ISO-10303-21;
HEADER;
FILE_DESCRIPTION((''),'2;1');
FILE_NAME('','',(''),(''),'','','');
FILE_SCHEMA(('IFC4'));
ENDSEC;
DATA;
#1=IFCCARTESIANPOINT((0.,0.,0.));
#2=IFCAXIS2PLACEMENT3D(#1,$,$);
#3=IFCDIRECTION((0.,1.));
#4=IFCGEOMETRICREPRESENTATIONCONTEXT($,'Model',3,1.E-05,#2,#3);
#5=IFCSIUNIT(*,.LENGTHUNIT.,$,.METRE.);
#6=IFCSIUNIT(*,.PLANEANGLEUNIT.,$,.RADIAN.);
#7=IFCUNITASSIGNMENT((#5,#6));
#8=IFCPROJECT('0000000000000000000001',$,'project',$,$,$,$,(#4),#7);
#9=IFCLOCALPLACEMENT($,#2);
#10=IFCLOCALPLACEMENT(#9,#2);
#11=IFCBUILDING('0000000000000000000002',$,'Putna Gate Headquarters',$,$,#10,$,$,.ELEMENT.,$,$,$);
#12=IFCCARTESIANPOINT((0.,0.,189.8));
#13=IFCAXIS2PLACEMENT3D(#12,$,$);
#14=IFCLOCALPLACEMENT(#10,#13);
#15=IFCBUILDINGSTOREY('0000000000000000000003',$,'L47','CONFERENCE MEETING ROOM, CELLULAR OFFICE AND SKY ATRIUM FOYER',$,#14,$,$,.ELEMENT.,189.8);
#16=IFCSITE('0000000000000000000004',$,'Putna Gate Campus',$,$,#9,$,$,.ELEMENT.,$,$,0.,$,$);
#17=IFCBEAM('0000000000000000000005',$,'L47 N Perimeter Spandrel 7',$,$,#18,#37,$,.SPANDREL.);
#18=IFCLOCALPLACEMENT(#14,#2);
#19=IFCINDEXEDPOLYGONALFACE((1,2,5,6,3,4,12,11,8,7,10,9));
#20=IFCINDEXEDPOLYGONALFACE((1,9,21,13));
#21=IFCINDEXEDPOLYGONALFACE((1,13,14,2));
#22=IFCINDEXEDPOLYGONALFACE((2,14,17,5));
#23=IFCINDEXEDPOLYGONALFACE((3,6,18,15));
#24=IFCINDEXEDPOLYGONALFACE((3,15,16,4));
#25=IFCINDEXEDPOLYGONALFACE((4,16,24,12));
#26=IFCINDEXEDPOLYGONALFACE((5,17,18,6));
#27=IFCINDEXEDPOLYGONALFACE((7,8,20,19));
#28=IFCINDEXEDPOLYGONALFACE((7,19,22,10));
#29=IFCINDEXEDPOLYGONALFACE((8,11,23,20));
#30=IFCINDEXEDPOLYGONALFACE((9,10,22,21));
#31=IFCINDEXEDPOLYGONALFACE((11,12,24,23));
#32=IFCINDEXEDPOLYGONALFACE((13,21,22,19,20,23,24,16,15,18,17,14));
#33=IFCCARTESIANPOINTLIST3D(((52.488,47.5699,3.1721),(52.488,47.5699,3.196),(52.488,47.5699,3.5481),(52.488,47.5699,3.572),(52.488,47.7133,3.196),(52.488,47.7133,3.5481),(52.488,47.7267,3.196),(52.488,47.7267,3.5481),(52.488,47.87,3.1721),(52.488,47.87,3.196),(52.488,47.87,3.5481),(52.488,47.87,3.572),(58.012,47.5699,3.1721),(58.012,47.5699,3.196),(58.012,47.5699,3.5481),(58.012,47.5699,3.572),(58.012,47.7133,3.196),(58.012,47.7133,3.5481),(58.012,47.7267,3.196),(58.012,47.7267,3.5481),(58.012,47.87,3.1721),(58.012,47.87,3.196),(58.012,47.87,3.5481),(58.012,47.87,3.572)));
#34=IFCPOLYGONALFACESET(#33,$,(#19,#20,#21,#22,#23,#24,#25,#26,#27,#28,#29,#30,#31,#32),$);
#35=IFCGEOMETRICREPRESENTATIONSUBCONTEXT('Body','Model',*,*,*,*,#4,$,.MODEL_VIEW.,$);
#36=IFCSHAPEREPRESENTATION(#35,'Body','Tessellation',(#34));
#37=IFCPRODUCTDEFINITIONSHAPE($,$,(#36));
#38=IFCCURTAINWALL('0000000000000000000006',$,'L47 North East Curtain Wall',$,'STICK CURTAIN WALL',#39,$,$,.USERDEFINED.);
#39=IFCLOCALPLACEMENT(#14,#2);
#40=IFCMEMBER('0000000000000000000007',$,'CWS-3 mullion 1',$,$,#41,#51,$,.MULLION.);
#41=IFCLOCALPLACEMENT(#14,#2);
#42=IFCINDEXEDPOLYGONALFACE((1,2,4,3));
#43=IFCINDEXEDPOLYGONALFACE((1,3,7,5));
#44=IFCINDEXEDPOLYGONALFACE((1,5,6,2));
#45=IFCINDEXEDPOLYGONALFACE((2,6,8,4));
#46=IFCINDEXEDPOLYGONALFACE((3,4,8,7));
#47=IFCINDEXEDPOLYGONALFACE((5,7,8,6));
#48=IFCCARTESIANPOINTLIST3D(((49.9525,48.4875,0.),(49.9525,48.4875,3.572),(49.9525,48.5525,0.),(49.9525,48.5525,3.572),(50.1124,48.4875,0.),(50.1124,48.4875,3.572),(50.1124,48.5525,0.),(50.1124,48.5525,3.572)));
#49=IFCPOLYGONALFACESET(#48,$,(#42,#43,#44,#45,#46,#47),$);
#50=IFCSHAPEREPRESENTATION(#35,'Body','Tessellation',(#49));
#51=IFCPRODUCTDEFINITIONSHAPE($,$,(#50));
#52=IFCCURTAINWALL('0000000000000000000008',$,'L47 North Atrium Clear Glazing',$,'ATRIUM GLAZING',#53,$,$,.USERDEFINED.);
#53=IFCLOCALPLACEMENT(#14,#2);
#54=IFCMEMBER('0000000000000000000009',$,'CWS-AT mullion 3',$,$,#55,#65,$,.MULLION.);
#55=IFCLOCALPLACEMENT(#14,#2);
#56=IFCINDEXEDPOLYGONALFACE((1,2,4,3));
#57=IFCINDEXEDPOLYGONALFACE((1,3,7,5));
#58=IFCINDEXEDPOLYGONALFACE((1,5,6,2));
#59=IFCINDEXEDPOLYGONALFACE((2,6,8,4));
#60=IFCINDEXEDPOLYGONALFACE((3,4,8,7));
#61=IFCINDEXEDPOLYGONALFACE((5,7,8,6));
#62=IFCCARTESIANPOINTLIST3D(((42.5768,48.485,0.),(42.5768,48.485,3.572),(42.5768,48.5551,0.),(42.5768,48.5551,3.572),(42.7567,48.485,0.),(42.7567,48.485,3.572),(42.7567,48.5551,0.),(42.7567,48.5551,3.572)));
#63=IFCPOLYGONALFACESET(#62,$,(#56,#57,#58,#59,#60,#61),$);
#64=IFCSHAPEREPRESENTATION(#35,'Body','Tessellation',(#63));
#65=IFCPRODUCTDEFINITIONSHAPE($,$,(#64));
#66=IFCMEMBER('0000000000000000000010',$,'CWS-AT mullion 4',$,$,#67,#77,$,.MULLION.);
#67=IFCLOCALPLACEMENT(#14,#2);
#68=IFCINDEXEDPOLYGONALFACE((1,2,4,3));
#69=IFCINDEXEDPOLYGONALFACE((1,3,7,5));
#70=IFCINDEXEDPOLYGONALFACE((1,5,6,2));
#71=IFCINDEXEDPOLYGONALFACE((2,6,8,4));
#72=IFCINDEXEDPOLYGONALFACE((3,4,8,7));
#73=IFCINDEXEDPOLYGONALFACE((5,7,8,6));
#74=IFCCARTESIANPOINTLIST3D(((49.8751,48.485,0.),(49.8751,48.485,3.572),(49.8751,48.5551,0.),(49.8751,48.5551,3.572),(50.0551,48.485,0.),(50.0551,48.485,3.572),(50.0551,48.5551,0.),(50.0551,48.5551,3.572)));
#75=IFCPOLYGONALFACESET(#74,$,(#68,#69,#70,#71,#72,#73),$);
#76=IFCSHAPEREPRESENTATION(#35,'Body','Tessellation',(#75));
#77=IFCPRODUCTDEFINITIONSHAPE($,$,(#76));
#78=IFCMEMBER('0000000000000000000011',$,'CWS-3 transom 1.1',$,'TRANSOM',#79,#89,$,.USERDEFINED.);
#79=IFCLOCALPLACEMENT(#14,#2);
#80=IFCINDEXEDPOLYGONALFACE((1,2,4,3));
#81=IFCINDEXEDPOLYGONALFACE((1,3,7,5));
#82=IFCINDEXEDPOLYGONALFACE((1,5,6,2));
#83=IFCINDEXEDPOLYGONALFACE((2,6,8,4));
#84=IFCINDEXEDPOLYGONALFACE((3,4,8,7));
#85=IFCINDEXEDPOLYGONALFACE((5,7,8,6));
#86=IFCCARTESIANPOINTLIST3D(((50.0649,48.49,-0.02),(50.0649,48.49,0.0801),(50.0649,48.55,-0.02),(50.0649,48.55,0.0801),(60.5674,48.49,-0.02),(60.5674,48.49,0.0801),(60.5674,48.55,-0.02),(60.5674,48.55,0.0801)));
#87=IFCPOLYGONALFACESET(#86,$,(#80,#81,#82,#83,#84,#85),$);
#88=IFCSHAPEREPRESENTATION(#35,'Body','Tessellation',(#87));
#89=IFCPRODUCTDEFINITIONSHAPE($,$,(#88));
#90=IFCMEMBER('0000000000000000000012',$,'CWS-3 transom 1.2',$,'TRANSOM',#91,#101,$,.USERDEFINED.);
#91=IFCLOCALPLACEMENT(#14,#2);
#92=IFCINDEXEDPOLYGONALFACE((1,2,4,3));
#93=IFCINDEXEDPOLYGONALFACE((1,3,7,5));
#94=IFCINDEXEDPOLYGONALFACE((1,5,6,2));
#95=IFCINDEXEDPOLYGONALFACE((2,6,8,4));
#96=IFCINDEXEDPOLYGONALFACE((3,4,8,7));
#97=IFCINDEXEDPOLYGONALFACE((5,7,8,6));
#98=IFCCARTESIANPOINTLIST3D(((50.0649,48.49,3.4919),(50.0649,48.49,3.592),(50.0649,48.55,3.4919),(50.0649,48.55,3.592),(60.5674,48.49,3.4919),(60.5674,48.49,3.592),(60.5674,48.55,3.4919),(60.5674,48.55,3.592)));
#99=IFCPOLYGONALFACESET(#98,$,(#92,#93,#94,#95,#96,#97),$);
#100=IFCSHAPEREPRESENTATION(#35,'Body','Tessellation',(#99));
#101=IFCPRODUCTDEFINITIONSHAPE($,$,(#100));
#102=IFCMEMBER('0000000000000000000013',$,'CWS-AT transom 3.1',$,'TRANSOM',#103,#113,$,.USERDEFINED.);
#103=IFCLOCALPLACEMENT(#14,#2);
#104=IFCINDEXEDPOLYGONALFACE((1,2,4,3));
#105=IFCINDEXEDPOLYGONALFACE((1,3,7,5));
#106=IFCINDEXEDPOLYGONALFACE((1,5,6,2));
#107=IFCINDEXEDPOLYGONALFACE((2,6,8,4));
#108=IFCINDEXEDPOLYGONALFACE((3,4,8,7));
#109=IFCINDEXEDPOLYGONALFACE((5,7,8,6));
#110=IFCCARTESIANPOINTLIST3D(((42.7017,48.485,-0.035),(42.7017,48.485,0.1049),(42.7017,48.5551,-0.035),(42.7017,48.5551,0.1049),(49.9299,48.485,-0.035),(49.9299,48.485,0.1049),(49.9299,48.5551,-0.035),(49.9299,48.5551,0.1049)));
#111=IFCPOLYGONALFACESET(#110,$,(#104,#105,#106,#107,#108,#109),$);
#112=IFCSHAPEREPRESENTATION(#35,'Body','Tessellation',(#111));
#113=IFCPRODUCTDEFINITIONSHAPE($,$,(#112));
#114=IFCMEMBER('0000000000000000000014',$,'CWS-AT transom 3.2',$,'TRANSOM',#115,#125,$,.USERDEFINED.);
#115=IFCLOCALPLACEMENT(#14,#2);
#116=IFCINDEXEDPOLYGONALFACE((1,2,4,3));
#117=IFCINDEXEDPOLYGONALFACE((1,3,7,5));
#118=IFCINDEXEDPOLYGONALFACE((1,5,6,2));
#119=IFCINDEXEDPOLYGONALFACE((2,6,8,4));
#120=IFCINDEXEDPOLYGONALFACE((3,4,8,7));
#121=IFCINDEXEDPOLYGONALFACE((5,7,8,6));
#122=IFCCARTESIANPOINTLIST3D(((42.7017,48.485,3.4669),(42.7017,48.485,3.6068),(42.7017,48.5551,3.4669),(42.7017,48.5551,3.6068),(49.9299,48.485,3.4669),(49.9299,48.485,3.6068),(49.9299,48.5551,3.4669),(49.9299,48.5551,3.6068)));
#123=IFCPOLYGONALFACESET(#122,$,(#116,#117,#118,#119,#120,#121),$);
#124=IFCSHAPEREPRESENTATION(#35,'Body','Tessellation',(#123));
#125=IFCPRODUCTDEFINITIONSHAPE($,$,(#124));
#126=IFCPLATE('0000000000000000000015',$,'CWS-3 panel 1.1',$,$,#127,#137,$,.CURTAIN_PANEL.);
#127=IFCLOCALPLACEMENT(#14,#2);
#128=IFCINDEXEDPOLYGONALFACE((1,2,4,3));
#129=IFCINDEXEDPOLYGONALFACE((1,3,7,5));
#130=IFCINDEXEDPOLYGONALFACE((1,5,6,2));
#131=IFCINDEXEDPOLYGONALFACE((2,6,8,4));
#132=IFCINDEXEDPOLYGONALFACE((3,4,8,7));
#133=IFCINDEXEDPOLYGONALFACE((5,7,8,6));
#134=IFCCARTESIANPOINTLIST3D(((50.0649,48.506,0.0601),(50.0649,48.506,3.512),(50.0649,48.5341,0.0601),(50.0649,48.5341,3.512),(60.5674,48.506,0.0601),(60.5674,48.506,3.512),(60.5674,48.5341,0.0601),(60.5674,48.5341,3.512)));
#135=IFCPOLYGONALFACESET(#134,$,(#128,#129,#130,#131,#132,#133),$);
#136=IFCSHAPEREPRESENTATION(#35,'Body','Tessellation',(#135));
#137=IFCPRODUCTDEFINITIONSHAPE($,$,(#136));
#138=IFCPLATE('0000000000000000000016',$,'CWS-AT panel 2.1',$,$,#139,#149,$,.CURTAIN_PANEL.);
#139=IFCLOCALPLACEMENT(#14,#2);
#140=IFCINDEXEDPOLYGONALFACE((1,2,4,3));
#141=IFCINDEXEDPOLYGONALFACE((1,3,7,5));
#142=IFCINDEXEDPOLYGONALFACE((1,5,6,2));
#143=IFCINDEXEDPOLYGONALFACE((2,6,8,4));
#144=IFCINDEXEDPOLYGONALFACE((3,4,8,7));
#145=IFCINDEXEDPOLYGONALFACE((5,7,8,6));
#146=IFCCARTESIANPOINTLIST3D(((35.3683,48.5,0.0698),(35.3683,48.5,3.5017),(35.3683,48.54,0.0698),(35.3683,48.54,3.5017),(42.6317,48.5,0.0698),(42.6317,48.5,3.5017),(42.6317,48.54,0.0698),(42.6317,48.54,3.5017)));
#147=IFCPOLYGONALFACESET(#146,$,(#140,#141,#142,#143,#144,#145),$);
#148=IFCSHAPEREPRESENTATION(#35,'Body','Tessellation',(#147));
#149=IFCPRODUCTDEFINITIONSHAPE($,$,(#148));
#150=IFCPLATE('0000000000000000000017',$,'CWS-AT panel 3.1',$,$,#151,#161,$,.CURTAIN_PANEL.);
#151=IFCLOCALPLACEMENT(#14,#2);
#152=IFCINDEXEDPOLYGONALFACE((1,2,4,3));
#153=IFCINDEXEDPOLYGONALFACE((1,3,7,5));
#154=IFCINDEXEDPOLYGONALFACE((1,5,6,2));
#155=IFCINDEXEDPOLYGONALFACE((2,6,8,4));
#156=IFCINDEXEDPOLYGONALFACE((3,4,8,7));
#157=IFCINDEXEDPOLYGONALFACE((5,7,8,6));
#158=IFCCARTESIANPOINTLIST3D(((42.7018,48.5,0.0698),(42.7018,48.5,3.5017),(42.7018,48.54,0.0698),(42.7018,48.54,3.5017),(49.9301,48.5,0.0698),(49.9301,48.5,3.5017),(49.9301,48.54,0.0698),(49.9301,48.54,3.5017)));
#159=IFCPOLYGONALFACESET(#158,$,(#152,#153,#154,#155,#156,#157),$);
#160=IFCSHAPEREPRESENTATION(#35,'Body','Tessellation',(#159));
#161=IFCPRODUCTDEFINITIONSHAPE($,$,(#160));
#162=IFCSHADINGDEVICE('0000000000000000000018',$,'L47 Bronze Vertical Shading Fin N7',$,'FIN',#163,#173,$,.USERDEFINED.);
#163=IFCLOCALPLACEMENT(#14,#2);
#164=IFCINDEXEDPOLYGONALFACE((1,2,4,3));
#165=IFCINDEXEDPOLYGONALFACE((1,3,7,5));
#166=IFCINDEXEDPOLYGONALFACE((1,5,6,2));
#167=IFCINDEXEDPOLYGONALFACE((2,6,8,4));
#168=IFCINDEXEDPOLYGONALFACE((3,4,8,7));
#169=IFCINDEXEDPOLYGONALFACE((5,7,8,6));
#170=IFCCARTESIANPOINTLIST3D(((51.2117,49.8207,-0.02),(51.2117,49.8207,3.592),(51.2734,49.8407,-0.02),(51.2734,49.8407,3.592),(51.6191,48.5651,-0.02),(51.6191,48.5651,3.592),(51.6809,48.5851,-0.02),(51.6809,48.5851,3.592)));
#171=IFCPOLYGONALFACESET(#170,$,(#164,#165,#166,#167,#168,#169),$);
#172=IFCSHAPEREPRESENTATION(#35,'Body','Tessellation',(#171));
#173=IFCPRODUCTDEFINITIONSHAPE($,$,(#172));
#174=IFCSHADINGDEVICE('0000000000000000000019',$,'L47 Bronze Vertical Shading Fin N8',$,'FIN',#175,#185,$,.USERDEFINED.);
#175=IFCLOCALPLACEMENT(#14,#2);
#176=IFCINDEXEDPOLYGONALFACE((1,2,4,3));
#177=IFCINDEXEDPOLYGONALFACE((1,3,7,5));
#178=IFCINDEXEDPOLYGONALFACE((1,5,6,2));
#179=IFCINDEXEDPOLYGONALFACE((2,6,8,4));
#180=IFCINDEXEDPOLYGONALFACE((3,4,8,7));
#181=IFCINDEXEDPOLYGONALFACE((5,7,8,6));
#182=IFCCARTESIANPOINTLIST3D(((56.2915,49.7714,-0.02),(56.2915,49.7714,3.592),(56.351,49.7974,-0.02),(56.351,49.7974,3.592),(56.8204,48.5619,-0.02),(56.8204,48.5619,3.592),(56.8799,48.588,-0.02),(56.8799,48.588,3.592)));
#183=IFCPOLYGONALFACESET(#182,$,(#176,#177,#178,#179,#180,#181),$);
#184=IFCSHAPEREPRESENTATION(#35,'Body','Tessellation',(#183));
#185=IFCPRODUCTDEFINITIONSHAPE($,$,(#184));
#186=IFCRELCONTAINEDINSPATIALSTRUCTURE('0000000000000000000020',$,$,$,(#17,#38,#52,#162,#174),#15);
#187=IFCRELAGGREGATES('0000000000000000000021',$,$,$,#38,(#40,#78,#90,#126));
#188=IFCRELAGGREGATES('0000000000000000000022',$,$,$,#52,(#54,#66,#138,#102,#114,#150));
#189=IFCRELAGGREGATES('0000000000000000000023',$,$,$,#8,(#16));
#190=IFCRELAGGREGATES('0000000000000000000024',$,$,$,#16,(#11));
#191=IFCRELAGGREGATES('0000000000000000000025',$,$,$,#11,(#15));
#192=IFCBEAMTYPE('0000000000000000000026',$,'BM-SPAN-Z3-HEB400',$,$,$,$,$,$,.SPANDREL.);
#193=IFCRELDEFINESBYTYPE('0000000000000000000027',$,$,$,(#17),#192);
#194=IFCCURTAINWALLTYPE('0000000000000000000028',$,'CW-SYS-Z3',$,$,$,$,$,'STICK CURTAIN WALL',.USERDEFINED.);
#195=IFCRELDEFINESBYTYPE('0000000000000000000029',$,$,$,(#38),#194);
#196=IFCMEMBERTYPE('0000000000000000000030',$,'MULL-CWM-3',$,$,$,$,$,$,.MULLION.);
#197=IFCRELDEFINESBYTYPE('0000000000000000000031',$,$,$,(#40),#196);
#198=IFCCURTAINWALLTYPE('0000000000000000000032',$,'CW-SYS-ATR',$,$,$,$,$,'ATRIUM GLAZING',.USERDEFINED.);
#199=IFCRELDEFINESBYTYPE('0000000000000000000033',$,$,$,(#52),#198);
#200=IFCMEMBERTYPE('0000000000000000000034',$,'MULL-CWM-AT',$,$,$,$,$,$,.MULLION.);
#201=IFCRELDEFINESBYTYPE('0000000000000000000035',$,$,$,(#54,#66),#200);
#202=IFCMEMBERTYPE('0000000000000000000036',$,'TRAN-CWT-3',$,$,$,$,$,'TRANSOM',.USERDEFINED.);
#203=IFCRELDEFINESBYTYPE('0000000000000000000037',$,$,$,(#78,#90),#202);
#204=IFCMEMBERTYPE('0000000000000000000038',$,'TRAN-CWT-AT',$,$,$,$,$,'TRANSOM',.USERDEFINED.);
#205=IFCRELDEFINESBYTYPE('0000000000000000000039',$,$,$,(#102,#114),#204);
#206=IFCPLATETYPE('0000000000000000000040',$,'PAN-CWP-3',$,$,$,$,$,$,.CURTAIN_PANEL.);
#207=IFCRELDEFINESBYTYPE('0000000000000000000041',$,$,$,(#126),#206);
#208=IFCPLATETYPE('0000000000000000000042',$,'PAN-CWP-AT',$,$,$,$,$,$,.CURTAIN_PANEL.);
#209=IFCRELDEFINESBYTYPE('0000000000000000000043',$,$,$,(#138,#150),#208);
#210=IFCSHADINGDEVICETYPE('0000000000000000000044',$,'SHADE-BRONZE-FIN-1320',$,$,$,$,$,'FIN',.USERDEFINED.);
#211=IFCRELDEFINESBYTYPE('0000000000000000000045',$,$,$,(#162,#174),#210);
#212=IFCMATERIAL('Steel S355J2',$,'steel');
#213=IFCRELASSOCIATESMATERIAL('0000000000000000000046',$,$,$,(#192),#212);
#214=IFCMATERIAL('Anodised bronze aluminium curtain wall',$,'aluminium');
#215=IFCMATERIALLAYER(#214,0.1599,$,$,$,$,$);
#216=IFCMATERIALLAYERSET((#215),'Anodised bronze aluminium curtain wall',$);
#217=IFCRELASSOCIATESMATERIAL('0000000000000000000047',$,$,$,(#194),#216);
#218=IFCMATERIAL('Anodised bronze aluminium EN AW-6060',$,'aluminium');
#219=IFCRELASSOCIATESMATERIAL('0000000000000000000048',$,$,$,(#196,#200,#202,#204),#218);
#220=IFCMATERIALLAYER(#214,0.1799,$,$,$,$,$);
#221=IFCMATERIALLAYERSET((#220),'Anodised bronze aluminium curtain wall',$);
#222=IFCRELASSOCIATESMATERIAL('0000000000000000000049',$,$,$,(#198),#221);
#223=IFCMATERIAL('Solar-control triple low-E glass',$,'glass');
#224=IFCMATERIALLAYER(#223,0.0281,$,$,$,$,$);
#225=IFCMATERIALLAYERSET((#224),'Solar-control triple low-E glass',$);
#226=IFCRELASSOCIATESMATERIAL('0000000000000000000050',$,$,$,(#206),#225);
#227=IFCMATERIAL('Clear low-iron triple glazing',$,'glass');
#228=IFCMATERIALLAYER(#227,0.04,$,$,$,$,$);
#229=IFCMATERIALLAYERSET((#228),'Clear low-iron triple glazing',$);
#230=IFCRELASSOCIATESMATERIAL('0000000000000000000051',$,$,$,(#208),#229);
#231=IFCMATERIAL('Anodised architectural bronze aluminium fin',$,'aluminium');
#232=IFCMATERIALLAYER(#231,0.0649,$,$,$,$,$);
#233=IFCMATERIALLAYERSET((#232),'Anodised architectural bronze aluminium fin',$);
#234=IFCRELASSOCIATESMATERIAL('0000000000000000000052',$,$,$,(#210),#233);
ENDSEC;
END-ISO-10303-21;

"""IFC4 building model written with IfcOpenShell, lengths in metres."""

from ifc_helpers import new_model, si_unit, direction, frame, origin, origin_2d, place, context, subcontext, project, spatial, rectangle, i_section, extrude, material, layer, layer_set, material_profile, profile_set, type_object, element, aggregate, save


model = new_model("IFC4")

# Units and contexts
model_context = context("Model", 3, precision=1e-05, world=origin(), true_north=direction((0.0, 1.0)))
body_context = subcontext(model_context, "Body", "Model", "MODEL_VIEW")
ifc_project = project(units=[si_unit("LENGTHUNIT", "METRE"), si_unit("PLANEANGLEUNIT", "RADIAN")], contexts=[model_context])

# Site, building, storey
site_placement = place(None, origin())
site = spatial("IfcSite", under=ifc_project, at=site_placement, Name="Putna Gate Campus", CompositionType="ELEMENT", RefElevation=0.0)
building_placement = place(site_placement, origin())
building = spatial("IfcBuilding", under=site, at=building_placement, Name="Putna Gate Headquarters", CompositionType="ELEMENT")
storey_placement = place(building_placement, frame((0.0, 0.0, 189.8)))
storey = spatial("IfcBuildingStorey", under=building, at=storey_placement, Name="L47", Description="CONFERENCE MEETING ROOM, CELLULAR OFFICE AND SKY ATRIUM FOYER", CompositionType="ELEMENT", Elevation=189.8)

# Beam
ifc_material_1 = material(Name="Steel S355J2", Category="steel")
ifc_material_profile_1 = material_profile(ifc_material_1, i_section(OverallWidth=0.3, OverallDepth=0.3999, WebThickness=0.0134, FlangeThickness=0.0239, at=origin_2d()), Name="Steel S355J2")
ifc_profile_set_1 = profile_set([ifc_material_profile_1], Name="Steel S355J2")
beam_type_1 = type_object("IfcBeamType", Name="BM-SPAN-Z3-HEB400", PredefinedType="SPANDREL", material=ifc_profile_set_1)
for number, where, z_axis, x_axis, name in (
    (1, (52.488, 47.72, 3.3721), (1.0, 0.0, 0.0), (0.0, 1.0, 0.0), "L47 N Perimeter Spandrel 7"),
):
    element("IfcBeam", number, at=place(storey_placement, frame(where, z_axis=z_axis, x_axis=x_axis)), inside=storey, type_object=beam_type_1, Name=name, PredefinedType="SPANDREL", context=body_context, shape_type="SweptSolid", body=[
        extrude(i_section(OverallWidth=0.3, OverallDepth=0.3999, WebThickness=0.0134, FlangeThickness=0.0239, at=origin_2d()), origin(), (0.0, 0.0, 1.0), 5.5239),
    ])

# Curtain wall, member
ifc_material_2 = material(Name="Anodised bronze aluminium curtain wall", Category="aluminium")
ifc_layer_1 = layer(ifc_material_2, 0.1599)
ifc_layer_set_1 = layer_set([ifc_layer_1], Name="Anodised bronze aluminium curtain wall")
curtain_wall_type_1 = type_object("IfcCurtainWallType", Name="CW-SYS-Z3", ElementType="STICK CURTAIN WALL", PredefinedType="USERDEFINED", material=ifc_layer_set_1)
curtain_wall_1_placement = place(storey_placement, origin())
curtain_wall_1 = element("IfcCurtainWall", 2, at=curtain_wall_1_placement, inside=storey, type_object=curtain_wall_type_1, Name="L47 North East Curtain Wall", ObjectType="STICK CURTAIN WALL", PredefinedType="USERDEFINED")
ifc_material_3 = material(Name="Anodised bronze aluminium EN AW-6060", Category="aluminium")
ifc_material_profile_2 = material_profile(ifc_material_3, rectangle(XDim=0.0649, YDim=0.1599, at=origin_2d()), Name="Anodised bronze aluminium EN AW-6060")
ifc_profile_set_2 = profile_set([ifc_material_profile_2], Name="Anodised bronze aluminium EN AW-6060")
member_type_1 = type_object("IfcMemberType", Name="MULL-CWM-3", PredefinedType="MULLION", material=ifc_profile_set_2)
member_1_placement = place(storey_placement, frame((50.0325, 48.52, 0.0), z_axis=(0.0, 0.0, 1.0), x_axis=(0.0, 1.0, 0.0)))
member_1 = element("IfcMember", 3, at=member_1_placement, type_object=member_type_1, Name="CWS-3 mullion 1", PredefinedType="MULLION", context=body_context, shape_type="SweptSolid", body=[
    extrude(rectangle(XDim=0.0649, YDim=0.1599, at=origin_2d()), origin(), (0.0, 0.0, 1.0), 3.572),
])

# Curtain wall, members
ifc_layer_2 = layer(ifc_material_2, 0.1799)
ifc_layer_set_2 = layer_set([ifc_layer_2], Name="Anodised bronze aluminium curtain wall")
curtain_wall_type_2 = type_object("IfcCurtainWallType", Name="CW-SYS-ATR", ElementType="ATRIUM GLAZING", PredefinedType="USERDEFINED", material=ifc_layer_set_2)
curtain_wall_2_placement = place(storey_placement, origin())
curtain_wall_2 = element("IfcCurtainWall", 4, at=curtain_wall_2_placement, inside=storey, type_object=curtain_wall_type_2, Name="L47 North Atrium Clear Glazing", ObjectType="ATRIUM GLAZING", PredefinedType="USERDEFINED")
ifc_material_profile_3 = material_profile(ifc_material_3, rectangle(XDim=0.0701, YDim=0.1799, at=origin_2d()), Name="Anodised bronze aluminium EN AW-6060")
ifc_profile_set_3 = profile_set([ifc_material_profile_3], Name="Anodised bronze aluminium EN AW-6060")
member_type_2 = type_object("IfcMemberType", Name="MULL-CWM-AT", PredefinedType="MULLION", material=ifc_profile_set_3)
member_2_placement = place(storey_placement, frame((42.6667, 48.52, 0.0), z_axis=(0.0, 0.0, 1.0), x_axis=(0.0, 1.0, 0.0)))
member_2 = element("IfcMember", 5, at=member_2_placement, type_object=member_type_2, Name="CWS-AT mullion 3", PredefinedType="MULLION", context=body_context, shape_type="SweptSolid", body=[
    extrude(rectangle(XDim=0.0701, YDim=0.1799, at=origin_2d()), origin(), (0.0, 0.0, 1.0), 3.572),
])
member_3_placement = place(storey_placement, frame((49.9651, 48.52, 0.0), z_axis=(0.0, 0.0, 1.0), x_axis=(0.0, 1.0, 0.0)))
member_3 = element("IfcMember", 6, at=member_3_placement, type_object=member_type_2, Name="CWS-AT mullion 4", PredefinedType="MULLION", context=body_context, shape_type="SweptSolid", body=[
    extrude(rectangle(XDim=0.0701, YDim=0.1799, at=origin_2d()), origin(), (0.0, 0.0, 1.0), 3.572),
])

# Members
ifc_material_profile_4 = material_profile(ifc_material_3, rectangle(XDim=0.0601, YDim=0.1001, at=origin_2d()), Name="Anodised bronze aluminium EN AW-6060")
ifc_profile_set_4 = profile_set([ifc_material_profile_4], Name="Anodised bronze aluminium EN AW-6060")
member_type_3 = type_object("IfcMemberType", Name="TRAN-CWT-3", ElementType="TRANSOM", PredefinedType="USERDEFINED", material=ifc_profile_set_4)
member_4_placement = place(storey_placement, frame((50.0649, 48.52, 0.03), z_axis=(1.0, 0.0, 0.0), x_axis=(0.0, 1.0, 0.0)))
member_4 = element("IfcMember", 7, at=member_4_placement, type_object=member_type_3, Name="CWS-3 transom 1.1", ObjectType="TRANSOM", PredefinedType="USERDEFINED", context=body_context, shape_type="SweptSolid", body=[
    extrude(rectangle(XDim=0.0601, YDim=0.1001, at=origin_2d()), origin(), (0.0, 0.0, 1.0), 10.5024),
])
member_5_placement = place(storey_placement, frame((50.0649, 48.52, 3.542), z_axis=(1.0, 0.0, 0.0), x_axis=(0.0, 1.0, 0.0)))
member_5 = element("IfcMember", 8, at=member_5_placement, type_object=member_type_3, Name="CWS-3 transom 1.2", ObjectType="TRANSOM", PredefinedType="USERDEFINED", context=body_context, shape_type="SweptSolid", body=[
    extrude(rectangle(XDim=0.0601, YDim=0.1001, at=origin_2d()), origin(), (0.0, 0.0, 1.0), 10.5024),
])
ifc_material_profile_5 = material_profile(ifc_material_3, rectangle(XDim=0.0701, YDim=0.1399, at=origin_2d()), Name="Anodised bronze aluminium EN AW-6060")
ifc_profile_set_5 = profile_set([ifc_material_profile_5], Name="Anodised bronze aluminium EN AW-6060")
member_type_4 = type_object("IfcMemberType", Name="TRAN-CWT-AT", ElementType="TRANSOM", PredefinedType="USERDEFINED", material=ifc_profile_set_5)
member_6_placement = place(storey_placement, frame((42.7017, 48.52, 0.0349), z_axis=(1.0, 0.0, 0.0), x_axis=(0.0, 1.0, 0.0)))
member_6 = element("IfcMember", 9, at=member_6_placement, type_object=member_type_4, Name="CWS-AT transom 3.1", ObjectType="TRANSOM", PredefinedType="USERDEFINED", context=body_context, shape_type="SweptSolid", body=[
    extrude(rectangle(XDim=0.0701, YDim=0.1399, at=origin_2d()), origin(), (0.0, 0.0, 1.0), 7.2283),
])
member_7_placement = place(storey_placement, frame((42.7017, 48.52, 3.5369), z_axis=(1.0, 0.0, 0.0), x_axis=(0.0, 1.0, 0.0)))
member_7 = element("IfcMember", 10, at=member_7_placement, type_object=member_type_4, Name="CWS-AT transom 3.2", ObjectType="TRANSOM", PredefinedType="USERDEFINED", context=body_context, shape_type="SweptSolid", body=[
    extrude(rectangle(XDim=0.0701, YDim=0.1399, at=origin_2d()), origin(), (0.0, 0.0, 1.0), 7.2283),
])

# Plates
ifc_material_4 = material(Name="Solar-control triple low-E glass", Category="glass")
ifc_layer_3 = layer(ifc_material_4, 0.0281)
ifc_layer_set_3 = layer_set([ifc_layer_3], Name="Solar-control triple low-E glass")
plate_type_1 = type_object("IfcPlateType", Name="PAN-CWP-3", PredefinedType="CURTAIN_PANEL", material=ifc_layer_set_3)
plate_1_placement = place(storey_placement, frame((55.3162, 48.52, 0.0601), z_axis=(0.0, 0.0, 1.0), x_axis=(1.0, 0.0, 0.0)))
plate_1 = element("IfcPlate", 11, at=plate_1_placement, type_object=plate_type_1, Name="CWS-3 panel 1.1", PredefinedType="CURTAIN_PANEL", context=body_context, shape_type="SweptSolid", body=[
    extrude(rectangle(XDim=10.5024, YDim=0.0281, at=origin_2d()), origin(), (0.0, 0.0, 1.0), 3.4519),
])
aggregate(curtain_wall_1, [member_1, member_4, member_5, plate_1])
ifc_material_5 = material(Name="Clear low-iron triple glazing", Category="glass")
ifc_layer_4 = layer(ifc_material_5, 0.04)
ifc_layer_set_4 = layer_set([ifc_layer_4], Name="Clear low-iron triple glazing")
plate_type_2 = type_object("IfcPlateType", Name="PAN-CWP-AT", PredefinedType="CURTAIN_PANEL", material=ifc_layer_set_4)
plate_2_placement = place(storey_placement, frame((39.0, 48.52, 0.0698), z_axis=(0.0, 0.0, 1.0), x_axis=(1.0, 0.0, 0.0)))
plate_2 = element("IfcPlate", 12, at=plate_2_placement, type_object=plate_type_2, Name="CWS-AT panel 2.1", PredefinedType="CURTAIN_PANEL", context=body_context, shape_type="SweptSolid", body=[
    extrude(rectangle(XDim=7.2634, YDim=0.04, at=origin_2d()), origin(), (0.0, 0.0, 1.0), 3.4319),
])
plate_3_placement = place(storey_placement, frame((46.3159, 48.52, 0.0698), z_axis=(0.0, 0.0, 1.0), x_axis=(1.0, 0.0, 0.0)))
plate_3 = element("IfcPlate", 13, at=plate_3_placement, type_object=plate_type_2, Name="CWS-AT panel 3.1", PredefinedType="CURTAIN_PANEL", context=body_context, shape_type="SweptSolid", body=[
    extrude(rectangle(XDim=7.2283, YDim=0.04, at=origin_2d()), origin(), (0.0, 0.0, 1.0), 3.4319),
])
aggregate(curtain_wall_2, [member_2, member_3, plate_2, member_6, member_7, plate_3])

# Shading devices
ifc_material_6 = material(Name="Anodised architectural bronze aluminium fin", Category="aluminium")
ifc_layer_5 = layer(ifc_material_6, 0.0649)
ifc_layer_set_5 = layer_set([ifc_layer_5], Name="Anodised architectural bronze aluminium fin")
shading_device_type = type_object("IfcShadingDeviceType", Name="SHADE-BRONZE-FIN-1320", ElementType="FIN", PredefinedType="USERDEFINED", material=ifc_layer_set_5)
for number, where, z_axis, x_axis, name in (
    (14, (51.4463, 49.2029, -0.02), (0.0, 0.0, 1.0), (-0.308685, 0.951164, 0.0), "L47 Bronze Vertical Shading Fin N7"),
    (15, (56.5857, 49.1797, -0.02), (0.0, 0.0, 1.0), (-0.400669, 0.916223, 0.0), "L47 Bronze Vertical Shading Fin N8"),
):
    element("IfcShadingDevice", number, at=place(storey_placement, frame(where, z_axis=z_axis, x_axis=x_axis)), inside=storey, type_object=shading_device_type, Name=name, ObjectType="FIN", PredefinedType="USERDEFINED", context=body_context, shape_type="SweptSolid", body=[
        extrude(rectangle(XDim=1.3201, YDim=0.0649, at=origin_2d()), origin(), (0.0, 0.0, 1.0), 3.6121),
    ])

save(model, "model.ifc")
